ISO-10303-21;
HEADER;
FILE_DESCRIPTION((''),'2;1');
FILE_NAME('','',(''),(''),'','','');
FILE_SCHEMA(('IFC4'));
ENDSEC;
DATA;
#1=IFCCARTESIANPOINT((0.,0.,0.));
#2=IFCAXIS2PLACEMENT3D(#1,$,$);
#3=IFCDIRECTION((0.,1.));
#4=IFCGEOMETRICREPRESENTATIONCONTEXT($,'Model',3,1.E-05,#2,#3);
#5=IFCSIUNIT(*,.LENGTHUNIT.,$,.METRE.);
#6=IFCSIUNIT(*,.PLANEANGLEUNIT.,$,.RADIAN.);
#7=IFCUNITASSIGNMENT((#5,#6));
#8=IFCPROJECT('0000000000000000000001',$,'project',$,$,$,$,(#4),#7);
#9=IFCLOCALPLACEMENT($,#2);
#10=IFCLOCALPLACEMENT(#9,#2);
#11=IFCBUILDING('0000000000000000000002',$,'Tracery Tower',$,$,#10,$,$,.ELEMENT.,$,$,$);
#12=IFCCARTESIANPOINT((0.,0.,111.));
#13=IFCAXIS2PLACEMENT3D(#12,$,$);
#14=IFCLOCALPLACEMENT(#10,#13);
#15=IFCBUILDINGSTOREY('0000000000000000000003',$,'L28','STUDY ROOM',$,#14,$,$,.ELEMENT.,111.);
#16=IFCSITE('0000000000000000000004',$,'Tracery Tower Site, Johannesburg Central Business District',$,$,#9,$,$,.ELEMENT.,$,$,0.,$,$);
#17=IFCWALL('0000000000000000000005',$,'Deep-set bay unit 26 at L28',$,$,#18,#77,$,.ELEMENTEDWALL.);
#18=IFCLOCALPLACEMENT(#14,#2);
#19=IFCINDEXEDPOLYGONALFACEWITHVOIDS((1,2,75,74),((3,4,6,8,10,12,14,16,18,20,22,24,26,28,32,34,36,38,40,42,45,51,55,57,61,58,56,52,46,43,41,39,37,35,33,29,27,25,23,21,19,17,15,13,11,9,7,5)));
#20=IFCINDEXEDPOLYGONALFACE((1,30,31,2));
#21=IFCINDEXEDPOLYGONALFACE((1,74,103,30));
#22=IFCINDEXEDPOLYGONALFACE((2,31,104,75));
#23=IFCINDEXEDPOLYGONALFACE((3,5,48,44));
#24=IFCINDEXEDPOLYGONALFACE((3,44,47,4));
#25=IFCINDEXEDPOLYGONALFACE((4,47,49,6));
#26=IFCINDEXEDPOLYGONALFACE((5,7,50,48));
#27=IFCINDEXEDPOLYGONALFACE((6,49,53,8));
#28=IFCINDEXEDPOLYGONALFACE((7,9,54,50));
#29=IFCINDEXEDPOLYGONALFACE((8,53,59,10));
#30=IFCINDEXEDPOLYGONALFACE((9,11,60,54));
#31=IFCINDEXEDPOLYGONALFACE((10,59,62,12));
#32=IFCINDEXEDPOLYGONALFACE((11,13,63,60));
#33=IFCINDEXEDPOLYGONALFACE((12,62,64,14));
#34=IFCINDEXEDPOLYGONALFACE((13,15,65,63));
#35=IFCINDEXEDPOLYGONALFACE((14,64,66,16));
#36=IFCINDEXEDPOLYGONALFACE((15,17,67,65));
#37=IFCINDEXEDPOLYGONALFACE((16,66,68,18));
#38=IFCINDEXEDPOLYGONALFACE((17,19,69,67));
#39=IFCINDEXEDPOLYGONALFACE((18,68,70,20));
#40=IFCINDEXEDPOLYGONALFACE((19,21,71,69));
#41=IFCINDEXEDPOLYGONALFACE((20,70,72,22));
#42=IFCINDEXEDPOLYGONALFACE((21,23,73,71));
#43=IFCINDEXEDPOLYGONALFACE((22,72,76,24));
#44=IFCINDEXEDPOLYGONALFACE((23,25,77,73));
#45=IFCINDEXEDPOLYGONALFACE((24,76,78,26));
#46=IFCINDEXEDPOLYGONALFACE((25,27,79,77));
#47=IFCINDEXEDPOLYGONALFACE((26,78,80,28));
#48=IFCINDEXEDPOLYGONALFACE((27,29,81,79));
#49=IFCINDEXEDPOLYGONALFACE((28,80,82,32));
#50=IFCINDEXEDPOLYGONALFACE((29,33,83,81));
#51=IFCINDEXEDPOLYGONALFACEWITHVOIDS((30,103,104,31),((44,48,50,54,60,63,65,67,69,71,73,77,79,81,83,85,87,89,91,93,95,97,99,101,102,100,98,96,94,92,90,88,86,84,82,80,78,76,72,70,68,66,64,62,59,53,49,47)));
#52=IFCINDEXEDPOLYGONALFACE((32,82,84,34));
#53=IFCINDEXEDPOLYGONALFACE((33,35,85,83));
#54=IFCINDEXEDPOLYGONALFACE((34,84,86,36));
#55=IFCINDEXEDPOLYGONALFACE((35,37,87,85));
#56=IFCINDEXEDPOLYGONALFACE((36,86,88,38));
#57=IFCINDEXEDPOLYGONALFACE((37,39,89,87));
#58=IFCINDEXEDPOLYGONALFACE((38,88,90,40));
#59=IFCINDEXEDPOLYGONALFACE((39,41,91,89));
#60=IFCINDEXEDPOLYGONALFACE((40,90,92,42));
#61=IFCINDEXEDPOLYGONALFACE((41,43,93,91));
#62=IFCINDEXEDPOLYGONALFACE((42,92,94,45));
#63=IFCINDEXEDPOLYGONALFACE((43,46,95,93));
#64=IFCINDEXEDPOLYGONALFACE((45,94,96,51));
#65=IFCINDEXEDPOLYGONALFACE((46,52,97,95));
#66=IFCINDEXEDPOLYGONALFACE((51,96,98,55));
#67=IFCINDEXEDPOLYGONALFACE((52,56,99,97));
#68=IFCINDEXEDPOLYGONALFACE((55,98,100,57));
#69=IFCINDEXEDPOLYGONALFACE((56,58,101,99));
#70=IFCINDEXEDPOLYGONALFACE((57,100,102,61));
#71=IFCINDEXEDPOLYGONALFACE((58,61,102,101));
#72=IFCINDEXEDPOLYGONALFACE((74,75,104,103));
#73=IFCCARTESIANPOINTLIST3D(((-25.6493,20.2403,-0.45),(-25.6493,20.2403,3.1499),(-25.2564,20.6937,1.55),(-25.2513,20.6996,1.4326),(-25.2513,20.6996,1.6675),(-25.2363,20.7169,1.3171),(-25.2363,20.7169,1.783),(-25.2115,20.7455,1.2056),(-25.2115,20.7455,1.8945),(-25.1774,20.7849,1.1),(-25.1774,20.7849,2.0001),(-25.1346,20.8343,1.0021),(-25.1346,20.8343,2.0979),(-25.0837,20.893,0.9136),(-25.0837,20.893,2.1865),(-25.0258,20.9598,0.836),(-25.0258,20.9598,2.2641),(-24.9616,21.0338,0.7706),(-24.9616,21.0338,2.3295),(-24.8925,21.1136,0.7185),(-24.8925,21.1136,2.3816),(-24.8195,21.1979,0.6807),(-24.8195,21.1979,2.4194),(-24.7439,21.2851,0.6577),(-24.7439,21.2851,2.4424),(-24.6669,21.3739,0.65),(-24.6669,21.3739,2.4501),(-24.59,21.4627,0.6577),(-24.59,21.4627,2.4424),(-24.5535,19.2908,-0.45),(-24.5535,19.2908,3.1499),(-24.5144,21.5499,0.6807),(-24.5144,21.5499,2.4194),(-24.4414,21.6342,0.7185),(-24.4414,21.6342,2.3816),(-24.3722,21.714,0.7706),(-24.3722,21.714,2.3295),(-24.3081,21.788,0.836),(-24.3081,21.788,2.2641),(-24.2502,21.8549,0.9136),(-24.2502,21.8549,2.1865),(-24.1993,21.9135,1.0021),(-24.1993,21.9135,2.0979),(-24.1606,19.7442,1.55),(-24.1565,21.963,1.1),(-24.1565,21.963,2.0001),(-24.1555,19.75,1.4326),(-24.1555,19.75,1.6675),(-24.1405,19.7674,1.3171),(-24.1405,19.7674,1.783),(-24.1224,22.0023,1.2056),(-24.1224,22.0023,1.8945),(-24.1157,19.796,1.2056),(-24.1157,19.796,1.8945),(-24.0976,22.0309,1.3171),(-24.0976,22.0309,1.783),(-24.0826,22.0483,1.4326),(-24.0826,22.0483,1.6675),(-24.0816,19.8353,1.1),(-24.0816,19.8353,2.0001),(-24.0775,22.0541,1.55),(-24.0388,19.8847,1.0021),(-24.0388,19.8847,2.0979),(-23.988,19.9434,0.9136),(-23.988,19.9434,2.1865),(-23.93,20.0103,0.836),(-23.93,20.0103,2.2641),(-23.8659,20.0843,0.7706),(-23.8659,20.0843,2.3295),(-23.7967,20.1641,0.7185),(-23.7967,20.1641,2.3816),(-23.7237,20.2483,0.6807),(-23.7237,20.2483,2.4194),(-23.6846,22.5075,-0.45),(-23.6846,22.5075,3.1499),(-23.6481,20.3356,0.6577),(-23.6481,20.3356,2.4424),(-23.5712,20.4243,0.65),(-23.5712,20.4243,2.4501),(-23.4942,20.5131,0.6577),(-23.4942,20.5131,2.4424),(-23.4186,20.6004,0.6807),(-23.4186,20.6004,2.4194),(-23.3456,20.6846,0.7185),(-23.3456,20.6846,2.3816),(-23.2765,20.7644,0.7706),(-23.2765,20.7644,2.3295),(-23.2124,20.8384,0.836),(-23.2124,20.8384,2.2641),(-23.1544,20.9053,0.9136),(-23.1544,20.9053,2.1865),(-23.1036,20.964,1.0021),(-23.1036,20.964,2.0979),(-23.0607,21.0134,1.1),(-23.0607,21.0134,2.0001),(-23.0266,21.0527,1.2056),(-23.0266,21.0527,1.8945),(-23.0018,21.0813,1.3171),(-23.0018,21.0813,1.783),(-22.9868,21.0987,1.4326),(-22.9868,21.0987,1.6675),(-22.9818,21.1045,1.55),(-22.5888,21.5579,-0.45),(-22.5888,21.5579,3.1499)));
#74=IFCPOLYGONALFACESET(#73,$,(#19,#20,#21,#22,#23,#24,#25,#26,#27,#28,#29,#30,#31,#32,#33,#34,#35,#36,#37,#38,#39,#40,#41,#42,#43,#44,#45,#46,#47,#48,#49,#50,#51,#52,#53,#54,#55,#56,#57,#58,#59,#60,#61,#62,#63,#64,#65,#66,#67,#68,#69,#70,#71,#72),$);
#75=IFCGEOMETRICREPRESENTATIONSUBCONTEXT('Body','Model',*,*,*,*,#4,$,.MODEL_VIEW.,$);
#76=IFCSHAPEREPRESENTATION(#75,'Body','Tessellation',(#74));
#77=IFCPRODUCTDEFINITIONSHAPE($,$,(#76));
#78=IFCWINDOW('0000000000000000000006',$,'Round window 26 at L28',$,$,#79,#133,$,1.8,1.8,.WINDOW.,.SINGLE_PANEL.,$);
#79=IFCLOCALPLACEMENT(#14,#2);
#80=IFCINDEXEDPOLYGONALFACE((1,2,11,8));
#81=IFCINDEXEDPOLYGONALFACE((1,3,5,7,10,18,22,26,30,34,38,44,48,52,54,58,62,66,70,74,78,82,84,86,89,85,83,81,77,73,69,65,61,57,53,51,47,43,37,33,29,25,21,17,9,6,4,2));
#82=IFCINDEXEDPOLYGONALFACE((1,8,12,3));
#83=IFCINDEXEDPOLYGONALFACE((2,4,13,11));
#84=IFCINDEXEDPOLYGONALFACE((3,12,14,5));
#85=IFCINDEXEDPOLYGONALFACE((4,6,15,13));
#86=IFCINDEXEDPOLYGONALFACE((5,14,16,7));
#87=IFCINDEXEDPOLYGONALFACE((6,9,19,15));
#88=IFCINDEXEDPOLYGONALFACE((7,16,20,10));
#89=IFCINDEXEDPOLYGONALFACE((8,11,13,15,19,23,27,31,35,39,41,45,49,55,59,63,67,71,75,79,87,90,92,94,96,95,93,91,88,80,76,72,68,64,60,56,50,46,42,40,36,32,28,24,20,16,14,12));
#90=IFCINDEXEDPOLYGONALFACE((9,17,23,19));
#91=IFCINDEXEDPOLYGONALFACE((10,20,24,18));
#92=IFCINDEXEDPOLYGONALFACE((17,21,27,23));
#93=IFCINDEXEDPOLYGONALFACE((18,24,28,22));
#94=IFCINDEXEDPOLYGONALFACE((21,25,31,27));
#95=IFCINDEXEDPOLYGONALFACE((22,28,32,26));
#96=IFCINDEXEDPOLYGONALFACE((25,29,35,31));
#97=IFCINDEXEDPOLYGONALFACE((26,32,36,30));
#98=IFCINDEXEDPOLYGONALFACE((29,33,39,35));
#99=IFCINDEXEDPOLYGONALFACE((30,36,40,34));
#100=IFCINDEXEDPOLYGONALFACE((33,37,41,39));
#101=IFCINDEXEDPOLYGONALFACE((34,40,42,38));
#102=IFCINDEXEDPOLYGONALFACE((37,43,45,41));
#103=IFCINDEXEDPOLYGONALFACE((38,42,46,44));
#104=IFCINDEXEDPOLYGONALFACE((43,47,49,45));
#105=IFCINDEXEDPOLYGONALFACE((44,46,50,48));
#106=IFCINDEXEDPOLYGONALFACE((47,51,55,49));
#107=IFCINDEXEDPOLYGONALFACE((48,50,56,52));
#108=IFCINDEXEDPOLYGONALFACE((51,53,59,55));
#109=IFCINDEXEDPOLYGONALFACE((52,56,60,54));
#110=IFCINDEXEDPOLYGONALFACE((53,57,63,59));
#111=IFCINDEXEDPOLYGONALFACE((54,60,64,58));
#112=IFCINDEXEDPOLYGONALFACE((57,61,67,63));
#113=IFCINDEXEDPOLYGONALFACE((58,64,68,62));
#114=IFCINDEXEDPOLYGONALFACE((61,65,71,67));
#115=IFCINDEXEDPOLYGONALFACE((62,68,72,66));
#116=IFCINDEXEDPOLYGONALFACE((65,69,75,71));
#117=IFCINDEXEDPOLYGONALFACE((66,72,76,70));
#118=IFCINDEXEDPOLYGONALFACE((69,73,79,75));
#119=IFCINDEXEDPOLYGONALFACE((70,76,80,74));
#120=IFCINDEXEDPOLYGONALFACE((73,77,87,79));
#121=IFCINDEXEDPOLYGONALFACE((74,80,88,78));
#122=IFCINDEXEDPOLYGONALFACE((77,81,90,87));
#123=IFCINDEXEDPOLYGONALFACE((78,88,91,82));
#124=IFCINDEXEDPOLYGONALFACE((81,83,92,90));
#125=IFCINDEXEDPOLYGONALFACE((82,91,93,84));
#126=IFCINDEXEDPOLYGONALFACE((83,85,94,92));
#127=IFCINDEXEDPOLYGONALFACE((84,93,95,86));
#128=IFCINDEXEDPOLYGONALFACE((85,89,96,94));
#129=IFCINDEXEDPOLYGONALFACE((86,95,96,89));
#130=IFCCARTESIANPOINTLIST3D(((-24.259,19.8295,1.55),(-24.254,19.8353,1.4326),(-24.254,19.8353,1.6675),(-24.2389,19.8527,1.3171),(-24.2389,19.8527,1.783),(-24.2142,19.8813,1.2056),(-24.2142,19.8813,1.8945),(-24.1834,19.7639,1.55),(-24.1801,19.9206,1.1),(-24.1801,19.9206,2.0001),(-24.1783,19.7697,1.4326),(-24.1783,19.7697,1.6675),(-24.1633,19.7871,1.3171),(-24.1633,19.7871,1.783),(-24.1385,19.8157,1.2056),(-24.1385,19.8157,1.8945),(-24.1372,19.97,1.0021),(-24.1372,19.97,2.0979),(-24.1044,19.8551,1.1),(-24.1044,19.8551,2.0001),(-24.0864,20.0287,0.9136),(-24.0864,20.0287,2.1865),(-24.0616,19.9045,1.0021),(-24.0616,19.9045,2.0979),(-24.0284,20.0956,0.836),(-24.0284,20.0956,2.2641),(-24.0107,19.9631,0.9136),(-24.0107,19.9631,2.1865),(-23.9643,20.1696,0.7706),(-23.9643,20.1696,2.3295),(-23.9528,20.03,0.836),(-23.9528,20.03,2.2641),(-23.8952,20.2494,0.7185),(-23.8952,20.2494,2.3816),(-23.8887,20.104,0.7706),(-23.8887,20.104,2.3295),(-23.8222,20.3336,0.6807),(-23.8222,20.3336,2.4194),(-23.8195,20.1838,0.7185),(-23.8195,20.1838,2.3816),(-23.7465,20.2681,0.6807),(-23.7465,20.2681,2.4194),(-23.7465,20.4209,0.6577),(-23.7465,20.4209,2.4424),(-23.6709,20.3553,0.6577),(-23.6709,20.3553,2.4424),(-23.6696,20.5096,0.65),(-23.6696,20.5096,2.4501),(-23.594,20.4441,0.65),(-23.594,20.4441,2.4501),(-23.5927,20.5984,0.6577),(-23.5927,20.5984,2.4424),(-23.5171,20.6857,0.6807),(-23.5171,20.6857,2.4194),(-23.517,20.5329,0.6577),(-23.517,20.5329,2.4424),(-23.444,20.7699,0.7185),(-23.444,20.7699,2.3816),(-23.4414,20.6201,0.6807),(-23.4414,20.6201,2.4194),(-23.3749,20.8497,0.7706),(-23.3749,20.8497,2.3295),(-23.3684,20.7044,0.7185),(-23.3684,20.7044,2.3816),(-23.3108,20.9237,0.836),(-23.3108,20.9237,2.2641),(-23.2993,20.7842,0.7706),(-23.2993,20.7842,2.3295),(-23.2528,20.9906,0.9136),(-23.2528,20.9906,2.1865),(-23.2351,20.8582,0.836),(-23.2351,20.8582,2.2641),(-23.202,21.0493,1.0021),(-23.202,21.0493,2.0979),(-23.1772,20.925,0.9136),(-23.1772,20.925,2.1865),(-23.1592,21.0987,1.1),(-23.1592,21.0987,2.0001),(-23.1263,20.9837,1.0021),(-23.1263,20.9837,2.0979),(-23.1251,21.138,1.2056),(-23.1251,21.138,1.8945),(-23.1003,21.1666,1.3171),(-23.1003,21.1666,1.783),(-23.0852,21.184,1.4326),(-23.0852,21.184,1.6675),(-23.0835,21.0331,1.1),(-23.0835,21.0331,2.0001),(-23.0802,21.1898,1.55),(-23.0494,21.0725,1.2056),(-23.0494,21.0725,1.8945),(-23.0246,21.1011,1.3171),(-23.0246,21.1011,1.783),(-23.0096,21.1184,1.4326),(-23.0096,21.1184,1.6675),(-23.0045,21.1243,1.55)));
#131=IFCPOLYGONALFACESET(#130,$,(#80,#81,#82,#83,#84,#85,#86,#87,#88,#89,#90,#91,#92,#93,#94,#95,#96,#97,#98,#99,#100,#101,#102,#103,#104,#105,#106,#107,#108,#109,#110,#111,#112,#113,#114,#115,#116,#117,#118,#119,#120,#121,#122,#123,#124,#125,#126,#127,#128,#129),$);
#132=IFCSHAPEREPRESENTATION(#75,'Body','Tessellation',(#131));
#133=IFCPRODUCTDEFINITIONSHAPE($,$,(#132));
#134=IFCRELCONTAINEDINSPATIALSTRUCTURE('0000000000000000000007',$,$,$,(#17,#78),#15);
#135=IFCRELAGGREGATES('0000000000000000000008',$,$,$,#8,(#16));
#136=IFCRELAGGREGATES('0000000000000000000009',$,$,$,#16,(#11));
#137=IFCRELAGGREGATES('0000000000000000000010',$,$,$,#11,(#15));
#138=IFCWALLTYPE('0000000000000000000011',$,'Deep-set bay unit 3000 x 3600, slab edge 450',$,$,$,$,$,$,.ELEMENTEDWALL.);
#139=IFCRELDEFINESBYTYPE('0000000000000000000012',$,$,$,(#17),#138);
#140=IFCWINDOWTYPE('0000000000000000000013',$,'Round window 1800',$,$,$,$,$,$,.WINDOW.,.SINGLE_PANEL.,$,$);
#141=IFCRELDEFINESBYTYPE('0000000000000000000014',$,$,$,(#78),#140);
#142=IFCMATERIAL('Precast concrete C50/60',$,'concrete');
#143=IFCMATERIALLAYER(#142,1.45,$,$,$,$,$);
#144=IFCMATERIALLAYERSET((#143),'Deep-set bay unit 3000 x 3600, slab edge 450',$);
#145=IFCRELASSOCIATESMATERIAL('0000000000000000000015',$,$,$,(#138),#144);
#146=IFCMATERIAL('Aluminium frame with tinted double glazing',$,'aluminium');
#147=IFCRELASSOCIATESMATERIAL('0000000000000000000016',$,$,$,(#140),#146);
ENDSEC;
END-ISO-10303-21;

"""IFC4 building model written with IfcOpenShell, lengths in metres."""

from ifc_helpers import new_model, si_unit, direction, frame, frame_2d, origin, origin_2d, place, context, subcontext, project, spatial, rectangle, circle, extrude, material, layer, layer_set, type_object, element, fill, save


model = new_model("IFC4")

# Units and contexts
model_context = context("Model", 3, precision=1e-05, world=origin(), true_north=direction((0.0, 1.0)))
body_context = subcontext(model_context, "Body", "Model", "MODEL_VIEW")
ifc_project = project(units=[si_unit("LENGTHUNIT", "METRE"), si_unit("PLANEANGLEUNIT", "RADIAN")], contexts=[model_context])

# Site, building, storey
site_placement = place(None, origin())
site = spatial("IfcSite", under=ifc_project, at=site_placement, Name="Tracery Tower Site, Johannesburg Central Business District", CompositionType="ELEMENT", RefElevation=0.0)
building_placement = place(site_placement, origin())
building = spatial("IfcBuilding", under=site, at=building_placement, Name="Tracery Tower", CompositionType="ELEMENT")
storey_placement = place(building_placement, frame((0.0, 0.0, 111.0)))
storey = spatial("IfcBuildingStorey", under=building, at=storey_placement, Name="L28", Description="STUDY ROOM", CompositionType="ELEMENT", Elevation=111.0)

# Wall, opening, window
ifc_material_1 = material(Name="Precast concrete C50/60", Category="concrete")
ifc_layer_1 = layer(ifc_material_1, 1.45)
ifc_layer_set_1 = layer_set([ifc_layer_1], Name="Deep-set bay unit 3000 x 3600, slab edge 450")
wall_type_1 = type_object("IfcWallType", Name="Deep-set bay unit 3000 x 3600, slab edge 450", PredefinedType="ELEMENTEDWALL", material=ifc_layer_set_1)
ifc_material_2 = material(Name="Aluminium frame with tinted double glazing", Category="aluminium")
window_type = type_object("IfcWindowType", Name="Round window 1800", PartitioningType="SINGLE_PANEL", PredefinedType="WINDOW", material=ifc_material_2)
wall_1_placement = place(storey_placement, frame((-23.1367, 22.0327, -0.45), z_axis=(0.0, 0.0, 1.0), x_axis=(-0.65489, -0.755724, 0.0)))
wall_1 = element("IfcWall", 1, at=wall_1_placement, inside=storey, type_object=wall_type_1, Name="Deep-set bay unit 26 at L28", PredefinedType="ELEMENTEDWALL", context=body_context, shape_type="SweptSolid", body=[
    extrude(rectangle(XDim=3.0, YDim=1.45, at=frame_2d((1.5, 0.0))), origin(), (0.0, 0.0, 1.0), 3.5999),
])
opening_1_placement = place(wall_1_placement, frame((1.5, 0.0, 2.0)))
opening_1 = element("IfcOpeningElement", 2, at=opening_1_placement, cuts=wall_1, PredefinedType="OPENING", context=body_context, shape_type="SweptSolid", body=[
    extrude(circle(Radius=0.9, at=origin_2d()), frame((0.0, 0.7349, 0.0), z_axis=(0.0, -1.0, 0.0), x_axis=(1.0, 0.0, 0.0)), (0.0, 0.0, 1.0), 1.47),
])
window_1_placement = place(opening_1_placement, origin())
window_1 = element("IfcWindow", 3, at=window_1_placement, inside=storey, type_object=window_type, Name="Round window 26 at L28", OverallHeight=1.8, OverallWidth=1.8, PartitioningType="SINGLE_PANEL", PredefinedType="WINDOW", context=body_context, shape_type="SweptSolid", body=[
    extrude(circle(Radius=0.9, at=origin_2d()), frame((0.0, 0.6948, 0.0), z_axis=(0.0, -1.0, 0.0), x_axis=(1.0, 0.0, 0.0)), (0.0, 0.0, 1.0), 0.1001),
])
fill(opening_1, window_1)

save(model, "model.ifc")
